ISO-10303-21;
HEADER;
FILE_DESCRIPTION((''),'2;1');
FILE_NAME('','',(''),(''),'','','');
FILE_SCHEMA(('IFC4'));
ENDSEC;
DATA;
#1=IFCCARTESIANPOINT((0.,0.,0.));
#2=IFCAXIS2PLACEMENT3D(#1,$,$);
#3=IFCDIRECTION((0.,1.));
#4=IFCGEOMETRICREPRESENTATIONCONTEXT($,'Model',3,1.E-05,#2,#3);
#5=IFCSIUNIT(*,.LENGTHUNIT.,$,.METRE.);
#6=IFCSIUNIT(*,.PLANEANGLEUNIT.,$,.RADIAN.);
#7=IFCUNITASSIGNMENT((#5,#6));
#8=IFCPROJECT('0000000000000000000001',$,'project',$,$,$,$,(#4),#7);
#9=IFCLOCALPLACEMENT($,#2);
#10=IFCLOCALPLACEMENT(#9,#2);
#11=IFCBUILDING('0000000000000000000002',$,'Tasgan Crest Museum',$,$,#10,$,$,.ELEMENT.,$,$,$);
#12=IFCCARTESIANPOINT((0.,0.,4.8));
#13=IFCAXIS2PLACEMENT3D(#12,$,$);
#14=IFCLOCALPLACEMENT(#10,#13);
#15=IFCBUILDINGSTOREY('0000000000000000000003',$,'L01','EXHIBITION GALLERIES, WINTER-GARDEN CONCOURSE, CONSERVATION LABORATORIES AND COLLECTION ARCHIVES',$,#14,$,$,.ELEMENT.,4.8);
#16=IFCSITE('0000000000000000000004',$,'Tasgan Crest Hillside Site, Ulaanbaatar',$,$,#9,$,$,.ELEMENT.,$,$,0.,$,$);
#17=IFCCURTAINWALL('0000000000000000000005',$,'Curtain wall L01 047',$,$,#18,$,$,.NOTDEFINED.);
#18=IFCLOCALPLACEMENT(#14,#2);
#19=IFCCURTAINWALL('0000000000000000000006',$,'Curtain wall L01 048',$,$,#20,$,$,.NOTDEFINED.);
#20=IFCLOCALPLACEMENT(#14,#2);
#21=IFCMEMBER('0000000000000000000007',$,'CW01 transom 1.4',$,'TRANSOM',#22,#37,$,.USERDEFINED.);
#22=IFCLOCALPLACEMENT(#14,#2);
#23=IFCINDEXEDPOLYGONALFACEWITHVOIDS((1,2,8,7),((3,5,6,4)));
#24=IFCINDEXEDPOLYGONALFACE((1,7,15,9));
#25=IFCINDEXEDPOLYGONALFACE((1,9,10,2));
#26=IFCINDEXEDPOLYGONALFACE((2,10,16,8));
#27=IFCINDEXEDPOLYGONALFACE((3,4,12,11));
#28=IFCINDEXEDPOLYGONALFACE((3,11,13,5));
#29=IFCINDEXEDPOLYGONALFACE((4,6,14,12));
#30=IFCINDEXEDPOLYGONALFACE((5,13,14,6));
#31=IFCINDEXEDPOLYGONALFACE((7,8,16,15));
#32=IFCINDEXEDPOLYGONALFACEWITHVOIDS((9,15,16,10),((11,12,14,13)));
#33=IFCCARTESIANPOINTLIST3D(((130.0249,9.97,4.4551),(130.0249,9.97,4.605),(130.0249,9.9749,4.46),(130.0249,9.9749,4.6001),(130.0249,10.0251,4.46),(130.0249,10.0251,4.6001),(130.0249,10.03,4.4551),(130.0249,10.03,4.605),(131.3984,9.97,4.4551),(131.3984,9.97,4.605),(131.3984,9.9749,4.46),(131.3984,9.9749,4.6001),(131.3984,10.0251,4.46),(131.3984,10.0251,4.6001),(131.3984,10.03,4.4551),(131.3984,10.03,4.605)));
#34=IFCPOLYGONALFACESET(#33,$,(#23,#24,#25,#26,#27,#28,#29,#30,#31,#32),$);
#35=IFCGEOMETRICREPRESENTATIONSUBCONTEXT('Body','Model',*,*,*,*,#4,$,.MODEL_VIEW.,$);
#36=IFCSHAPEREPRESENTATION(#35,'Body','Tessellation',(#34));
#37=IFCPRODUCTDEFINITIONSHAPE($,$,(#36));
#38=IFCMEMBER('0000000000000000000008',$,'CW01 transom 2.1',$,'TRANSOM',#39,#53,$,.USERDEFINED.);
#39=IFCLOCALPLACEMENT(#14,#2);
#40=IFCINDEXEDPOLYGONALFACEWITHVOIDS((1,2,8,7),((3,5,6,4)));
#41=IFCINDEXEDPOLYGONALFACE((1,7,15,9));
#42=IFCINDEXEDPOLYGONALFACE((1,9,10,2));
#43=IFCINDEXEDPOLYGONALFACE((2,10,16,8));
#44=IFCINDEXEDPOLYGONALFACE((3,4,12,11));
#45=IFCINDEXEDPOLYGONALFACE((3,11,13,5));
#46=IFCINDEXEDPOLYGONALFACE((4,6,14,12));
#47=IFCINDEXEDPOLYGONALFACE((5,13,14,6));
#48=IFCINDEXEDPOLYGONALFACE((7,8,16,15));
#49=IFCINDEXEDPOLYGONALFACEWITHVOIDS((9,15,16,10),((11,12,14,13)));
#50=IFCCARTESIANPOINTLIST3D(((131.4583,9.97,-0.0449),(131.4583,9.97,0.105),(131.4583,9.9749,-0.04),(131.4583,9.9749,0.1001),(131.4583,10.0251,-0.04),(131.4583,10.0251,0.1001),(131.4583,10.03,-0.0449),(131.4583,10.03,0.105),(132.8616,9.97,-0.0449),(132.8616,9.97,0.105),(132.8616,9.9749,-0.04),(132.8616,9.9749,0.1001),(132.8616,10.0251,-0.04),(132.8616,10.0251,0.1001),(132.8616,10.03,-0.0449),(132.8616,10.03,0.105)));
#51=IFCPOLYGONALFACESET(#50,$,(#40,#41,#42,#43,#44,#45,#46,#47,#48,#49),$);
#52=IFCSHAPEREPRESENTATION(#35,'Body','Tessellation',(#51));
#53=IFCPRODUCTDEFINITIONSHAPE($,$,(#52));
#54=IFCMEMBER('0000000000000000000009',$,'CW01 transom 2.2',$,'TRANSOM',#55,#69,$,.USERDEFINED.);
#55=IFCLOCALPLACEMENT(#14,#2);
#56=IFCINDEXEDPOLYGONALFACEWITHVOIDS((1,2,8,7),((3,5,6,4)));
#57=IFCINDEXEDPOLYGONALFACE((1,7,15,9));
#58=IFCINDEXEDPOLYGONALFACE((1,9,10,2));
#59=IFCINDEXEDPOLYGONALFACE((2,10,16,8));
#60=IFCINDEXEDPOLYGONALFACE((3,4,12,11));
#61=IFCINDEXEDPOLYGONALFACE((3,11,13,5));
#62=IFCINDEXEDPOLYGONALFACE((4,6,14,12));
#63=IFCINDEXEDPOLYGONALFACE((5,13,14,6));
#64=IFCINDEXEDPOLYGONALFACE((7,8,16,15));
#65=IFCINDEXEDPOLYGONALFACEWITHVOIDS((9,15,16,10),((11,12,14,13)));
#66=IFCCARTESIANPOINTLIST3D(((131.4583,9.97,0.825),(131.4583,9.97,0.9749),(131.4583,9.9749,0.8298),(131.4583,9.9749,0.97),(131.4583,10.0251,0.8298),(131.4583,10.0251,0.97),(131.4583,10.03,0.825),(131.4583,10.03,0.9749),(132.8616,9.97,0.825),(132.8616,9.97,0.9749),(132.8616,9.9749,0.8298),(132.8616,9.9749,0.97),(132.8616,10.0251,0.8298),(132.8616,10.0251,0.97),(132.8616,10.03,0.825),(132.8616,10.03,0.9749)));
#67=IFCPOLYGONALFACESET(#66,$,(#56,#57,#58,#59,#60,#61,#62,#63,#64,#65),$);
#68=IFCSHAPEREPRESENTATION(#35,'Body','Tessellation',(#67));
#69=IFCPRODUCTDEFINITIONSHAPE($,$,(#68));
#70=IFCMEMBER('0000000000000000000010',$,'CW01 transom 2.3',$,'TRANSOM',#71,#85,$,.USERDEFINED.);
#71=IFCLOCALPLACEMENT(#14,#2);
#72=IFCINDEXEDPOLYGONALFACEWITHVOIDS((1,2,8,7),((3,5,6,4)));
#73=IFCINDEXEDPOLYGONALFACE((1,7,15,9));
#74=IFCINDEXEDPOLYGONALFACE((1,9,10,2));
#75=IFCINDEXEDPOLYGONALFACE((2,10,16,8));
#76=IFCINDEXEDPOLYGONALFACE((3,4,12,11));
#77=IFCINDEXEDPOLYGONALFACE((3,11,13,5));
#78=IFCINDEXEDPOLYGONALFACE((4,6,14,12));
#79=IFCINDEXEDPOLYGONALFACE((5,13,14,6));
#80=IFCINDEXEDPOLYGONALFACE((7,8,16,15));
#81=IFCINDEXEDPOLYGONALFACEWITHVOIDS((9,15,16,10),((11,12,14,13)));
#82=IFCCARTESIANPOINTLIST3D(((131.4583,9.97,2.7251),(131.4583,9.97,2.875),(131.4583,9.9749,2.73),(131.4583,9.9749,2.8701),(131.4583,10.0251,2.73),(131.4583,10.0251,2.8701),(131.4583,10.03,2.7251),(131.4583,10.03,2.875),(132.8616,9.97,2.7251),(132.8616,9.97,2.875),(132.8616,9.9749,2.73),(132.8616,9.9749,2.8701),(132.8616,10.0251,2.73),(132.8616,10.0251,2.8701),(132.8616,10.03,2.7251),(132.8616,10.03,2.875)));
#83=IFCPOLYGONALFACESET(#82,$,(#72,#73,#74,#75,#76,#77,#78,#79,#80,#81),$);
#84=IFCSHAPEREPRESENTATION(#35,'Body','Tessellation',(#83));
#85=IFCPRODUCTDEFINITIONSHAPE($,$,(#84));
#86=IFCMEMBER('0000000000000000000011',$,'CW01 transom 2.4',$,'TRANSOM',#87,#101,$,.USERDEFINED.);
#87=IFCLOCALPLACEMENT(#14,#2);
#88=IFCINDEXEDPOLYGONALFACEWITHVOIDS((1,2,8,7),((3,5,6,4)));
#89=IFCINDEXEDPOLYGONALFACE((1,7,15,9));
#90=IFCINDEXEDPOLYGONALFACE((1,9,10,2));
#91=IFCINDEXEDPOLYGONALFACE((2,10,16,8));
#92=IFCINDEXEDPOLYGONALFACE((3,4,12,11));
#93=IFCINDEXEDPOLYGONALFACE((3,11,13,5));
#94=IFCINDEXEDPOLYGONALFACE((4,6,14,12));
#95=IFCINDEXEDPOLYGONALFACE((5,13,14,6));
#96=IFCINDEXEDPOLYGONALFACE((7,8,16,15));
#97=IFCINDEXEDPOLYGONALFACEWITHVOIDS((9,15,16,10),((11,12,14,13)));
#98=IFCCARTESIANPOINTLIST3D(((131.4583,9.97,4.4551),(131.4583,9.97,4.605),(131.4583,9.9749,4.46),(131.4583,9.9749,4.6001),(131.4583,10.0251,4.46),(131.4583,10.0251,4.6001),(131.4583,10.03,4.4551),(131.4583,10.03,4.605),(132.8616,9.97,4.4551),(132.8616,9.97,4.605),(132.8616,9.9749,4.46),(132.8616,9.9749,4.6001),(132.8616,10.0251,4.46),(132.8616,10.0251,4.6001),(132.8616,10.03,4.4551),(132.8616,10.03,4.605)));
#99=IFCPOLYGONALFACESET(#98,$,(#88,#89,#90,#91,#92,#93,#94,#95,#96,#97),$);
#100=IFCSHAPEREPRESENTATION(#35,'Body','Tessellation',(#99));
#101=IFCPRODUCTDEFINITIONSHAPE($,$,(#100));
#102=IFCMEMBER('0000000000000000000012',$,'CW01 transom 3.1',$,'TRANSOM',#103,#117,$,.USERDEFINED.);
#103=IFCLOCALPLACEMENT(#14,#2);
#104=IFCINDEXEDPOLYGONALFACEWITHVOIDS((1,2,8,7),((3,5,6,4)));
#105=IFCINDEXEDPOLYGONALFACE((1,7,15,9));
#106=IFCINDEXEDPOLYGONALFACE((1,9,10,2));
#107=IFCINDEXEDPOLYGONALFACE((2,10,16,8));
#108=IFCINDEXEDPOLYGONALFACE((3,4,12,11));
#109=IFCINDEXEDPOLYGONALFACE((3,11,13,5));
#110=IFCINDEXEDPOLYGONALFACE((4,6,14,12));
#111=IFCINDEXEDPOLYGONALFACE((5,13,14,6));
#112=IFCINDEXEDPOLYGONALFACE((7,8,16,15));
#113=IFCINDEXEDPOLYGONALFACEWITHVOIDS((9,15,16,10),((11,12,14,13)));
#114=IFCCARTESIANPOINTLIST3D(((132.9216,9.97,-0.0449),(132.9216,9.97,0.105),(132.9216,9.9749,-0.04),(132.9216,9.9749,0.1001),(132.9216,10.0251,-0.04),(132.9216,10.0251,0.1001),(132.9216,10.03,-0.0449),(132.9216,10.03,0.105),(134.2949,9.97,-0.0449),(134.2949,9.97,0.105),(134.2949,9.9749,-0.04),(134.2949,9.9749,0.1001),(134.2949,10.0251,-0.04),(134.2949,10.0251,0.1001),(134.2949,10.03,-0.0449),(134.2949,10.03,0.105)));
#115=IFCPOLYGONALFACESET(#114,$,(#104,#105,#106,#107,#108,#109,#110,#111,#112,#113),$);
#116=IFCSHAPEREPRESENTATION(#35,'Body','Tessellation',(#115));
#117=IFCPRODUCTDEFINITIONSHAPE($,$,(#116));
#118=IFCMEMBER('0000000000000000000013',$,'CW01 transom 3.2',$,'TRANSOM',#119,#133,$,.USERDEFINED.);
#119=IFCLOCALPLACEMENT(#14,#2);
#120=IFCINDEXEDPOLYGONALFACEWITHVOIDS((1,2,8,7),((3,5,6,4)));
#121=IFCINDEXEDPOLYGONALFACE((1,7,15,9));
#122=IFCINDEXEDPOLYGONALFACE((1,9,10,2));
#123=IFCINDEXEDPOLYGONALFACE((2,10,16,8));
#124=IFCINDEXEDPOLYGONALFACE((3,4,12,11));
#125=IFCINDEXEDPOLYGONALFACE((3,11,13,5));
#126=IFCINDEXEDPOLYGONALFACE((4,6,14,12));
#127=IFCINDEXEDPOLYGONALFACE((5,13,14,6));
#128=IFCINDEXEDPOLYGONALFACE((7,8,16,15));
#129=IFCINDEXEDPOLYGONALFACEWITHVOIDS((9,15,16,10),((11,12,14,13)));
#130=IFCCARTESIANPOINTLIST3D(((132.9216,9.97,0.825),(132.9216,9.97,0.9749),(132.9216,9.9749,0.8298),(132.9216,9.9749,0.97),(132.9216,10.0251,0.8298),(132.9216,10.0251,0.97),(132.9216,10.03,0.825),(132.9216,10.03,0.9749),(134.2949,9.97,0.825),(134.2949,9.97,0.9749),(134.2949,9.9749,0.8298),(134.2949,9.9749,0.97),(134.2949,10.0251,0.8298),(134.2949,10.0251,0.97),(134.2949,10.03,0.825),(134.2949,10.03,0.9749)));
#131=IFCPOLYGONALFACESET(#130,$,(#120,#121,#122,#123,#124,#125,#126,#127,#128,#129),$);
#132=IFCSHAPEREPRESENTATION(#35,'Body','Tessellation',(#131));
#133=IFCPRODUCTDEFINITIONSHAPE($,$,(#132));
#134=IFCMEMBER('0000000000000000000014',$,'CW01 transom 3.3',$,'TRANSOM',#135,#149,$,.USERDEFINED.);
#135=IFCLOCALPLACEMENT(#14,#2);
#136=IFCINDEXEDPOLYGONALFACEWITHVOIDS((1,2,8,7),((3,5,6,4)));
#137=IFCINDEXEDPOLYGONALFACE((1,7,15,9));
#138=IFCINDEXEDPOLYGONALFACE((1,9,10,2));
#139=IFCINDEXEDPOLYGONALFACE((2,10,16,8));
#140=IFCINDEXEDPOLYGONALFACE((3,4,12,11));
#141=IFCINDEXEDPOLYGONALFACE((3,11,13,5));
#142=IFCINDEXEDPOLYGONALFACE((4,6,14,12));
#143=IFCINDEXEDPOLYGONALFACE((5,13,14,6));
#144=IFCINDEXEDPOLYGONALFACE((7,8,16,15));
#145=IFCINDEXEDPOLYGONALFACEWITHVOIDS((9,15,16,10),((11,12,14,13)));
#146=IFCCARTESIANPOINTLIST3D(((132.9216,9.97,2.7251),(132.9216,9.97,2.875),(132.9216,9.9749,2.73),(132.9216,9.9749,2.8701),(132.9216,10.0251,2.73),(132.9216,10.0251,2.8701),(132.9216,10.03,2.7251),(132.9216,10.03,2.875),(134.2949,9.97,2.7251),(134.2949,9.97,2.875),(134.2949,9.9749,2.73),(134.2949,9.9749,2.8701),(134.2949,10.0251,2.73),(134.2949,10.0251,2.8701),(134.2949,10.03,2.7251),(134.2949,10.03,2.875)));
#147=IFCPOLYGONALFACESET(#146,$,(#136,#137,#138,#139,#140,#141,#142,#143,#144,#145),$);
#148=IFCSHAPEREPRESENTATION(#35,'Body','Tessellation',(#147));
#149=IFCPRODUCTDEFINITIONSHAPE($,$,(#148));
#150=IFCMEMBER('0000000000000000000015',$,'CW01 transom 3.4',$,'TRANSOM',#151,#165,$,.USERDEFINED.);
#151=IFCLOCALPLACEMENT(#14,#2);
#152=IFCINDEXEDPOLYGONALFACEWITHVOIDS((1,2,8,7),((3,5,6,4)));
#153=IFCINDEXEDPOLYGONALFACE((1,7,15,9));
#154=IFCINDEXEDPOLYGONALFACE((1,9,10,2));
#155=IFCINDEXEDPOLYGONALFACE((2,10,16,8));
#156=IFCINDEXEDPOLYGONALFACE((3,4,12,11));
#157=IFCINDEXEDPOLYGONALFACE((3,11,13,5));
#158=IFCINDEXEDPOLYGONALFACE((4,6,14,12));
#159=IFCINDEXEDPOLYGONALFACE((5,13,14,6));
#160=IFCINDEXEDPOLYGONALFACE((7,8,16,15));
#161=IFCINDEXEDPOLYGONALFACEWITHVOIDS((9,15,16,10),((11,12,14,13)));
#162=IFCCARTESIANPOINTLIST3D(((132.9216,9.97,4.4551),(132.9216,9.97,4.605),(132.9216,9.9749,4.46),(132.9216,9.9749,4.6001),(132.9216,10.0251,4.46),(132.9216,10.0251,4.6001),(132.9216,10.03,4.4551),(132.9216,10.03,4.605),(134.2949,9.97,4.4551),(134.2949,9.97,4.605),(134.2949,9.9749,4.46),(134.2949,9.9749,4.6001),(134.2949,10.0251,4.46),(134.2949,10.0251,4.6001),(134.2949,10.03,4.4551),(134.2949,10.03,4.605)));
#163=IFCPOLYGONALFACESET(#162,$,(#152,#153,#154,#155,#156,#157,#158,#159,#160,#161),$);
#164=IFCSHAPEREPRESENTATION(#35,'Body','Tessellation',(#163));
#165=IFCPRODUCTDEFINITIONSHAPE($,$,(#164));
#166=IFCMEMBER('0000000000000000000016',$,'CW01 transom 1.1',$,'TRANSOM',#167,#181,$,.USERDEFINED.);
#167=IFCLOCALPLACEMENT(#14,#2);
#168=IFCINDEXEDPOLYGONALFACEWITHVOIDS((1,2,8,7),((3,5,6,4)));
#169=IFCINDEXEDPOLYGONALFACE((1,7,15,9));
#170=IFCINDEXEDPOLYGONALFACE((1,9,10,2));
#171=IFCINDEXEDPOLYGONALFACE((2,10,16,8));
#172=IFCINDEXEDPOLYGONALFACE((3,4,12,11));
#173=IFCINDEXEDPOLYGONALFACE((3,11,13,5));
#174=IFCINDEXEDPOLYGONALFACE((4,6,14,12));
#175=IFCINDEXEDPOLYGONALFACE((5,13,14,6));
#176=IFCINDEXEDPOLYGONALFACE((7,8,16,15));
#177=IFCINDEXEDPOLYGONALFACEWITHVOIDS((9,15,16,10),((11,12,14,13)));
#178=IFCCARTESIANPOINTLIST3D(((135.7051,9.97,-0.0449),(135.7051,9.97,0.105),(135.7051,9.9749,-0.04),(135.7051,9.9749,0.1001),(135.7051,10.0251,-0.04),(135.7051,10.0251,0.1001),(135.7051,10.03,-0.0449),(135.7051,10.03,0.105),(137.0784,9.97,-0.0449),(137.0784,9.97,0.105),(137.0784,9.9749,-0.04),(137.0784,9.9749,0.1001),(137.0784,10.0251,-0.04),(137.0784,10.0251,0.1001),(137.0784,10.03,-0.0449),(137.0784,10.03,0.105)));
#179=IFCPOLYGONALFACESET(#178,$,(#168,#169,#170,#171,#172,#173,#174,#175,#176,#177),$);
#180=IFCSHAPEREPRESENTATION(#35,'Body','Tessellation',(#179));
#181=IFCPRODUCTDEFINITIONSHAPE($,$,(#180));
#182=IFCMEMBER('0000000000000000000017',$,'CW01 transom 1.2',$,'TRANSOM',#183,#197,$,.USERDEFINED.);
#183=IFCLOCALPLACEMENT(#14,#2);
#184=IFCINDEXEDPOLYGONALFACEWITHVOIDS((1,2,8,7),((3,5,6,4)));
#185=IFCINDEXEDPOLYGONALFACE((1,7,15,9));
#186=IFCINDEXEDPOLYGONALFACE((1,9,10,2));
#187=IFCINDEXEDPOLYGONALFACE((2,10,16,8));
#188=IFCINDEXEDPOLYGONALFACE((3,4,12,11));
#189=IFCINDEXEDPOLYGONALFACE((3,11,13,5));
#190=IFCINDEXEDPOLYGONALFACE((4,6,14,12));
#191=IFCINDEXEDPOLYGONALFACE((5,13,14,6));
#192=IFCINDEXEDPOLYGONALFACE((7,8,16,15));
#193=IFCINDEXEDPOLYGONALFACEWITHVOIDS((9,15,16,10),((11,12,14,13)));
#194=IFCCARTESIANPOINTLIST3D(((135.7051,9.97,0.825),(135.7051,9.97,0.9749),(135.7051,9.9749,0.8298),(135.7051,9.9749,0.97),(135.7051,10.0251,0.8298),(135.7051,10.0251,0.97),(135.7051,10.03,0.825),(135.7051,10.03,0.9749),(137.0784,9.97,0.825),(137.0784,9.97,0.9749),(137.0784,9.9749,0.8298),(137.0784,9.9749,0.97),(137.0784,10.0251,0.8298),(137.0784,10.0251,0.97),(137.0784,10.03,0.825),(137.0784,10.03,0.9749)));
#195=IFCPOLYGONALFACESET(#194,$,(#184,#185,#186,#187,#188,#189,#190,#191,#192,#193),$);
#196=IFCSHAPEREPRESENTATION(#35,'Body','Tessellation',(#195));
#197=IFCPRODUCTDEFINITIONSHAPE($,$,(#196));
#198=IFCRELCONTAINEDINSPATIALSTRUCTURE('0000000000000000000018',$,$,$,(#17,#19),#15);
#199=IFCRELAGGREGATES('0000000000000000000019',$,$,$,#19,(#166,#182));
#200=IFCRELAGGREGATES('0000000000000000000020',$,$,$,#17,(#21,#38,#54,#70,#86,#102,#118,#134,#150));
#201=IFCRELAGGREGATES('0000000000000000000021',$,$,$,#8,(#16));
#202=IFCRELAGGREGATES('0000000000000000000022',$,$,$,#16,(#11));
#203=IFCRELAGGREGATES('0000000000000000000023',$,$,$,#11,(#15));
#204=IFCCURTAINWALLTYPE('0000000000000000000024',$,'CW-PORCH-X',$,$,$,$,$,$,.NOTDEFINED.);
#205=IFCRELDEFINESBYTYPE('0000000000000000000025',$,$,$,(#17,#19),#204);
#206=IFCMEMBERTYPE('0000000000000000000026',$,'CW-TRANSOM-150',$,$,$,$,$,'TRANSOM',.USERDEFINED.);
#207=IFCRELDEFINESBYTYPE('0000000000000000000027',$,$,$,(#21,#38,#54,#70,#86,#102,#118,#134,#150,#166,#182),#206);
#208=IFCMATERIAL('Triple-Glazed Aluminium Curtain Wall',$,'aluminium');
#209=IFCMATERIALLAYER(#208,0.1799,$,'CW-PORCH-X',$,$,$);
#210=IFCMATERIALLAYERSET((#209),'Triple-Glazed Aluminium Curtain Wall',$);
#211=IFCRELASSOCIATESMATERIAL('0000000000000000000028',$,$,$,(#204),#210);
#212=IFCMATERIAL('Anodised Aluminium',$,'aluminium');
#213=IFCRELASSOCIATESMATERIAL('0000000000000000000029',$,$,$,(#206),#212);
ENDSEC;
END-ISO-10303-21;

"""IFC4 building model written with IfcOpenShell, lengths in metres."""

from ifc_helpers import new_model, si_unit, direction, frame, origin, origin_2d, place, context, subcontext, project, spatial, hollow_rectangle, extrude, material, layer, layer_set, material_profile, profile_set, type_object, element, aggregate, save


model = new_model("IFC4")

# Units and contexts
model_context = context("Model", 3, precision=1e-05, world=origin(), true_north=direction((0.0, 1.0)))
body_context = subcontext(model_context, "Body", "Model", "MODEL_VIEW")
ifc_project = project(units=[si_unit("LENGTHUNIT", "METRE"), si_unit("PLANEANGLEUNIT", "RADIAN")], contexts=[model_context])

# Site, building, storey
site_placement = place(None, origin())
site = spatial("IfcSite", under=ifc_project, at=site_placement, Name="Tasgan Crest Hillside Site, Ulaanbaatar", CompositionType="ELEMENT", RefElevation=0.0)
building_placement = place(site_placement, origin())
building = spatial("IfcBuilding", under=site, at=building_placement, Name="Tasgan Crest Museum", CompositionType="ELEMENT")
storey_placement = place(building_placement, frame((0.0, 0.0, 4.8)))
storey = spatial("IfcBuildingStorey", under=building, at=storey_placement, Name="L01", Description="EXHIBITION GALLERIES, WINTER-GARDEN CONCOURSE, CONSERVATION LABORATORIES AND COLLECTION ARCHIVES", CompositionType="ELEMENT", Elevation=4.8)

# Curtain wall
ifc_material_1 = material(Name="Triple-Glazed Aluminium Curtain Wall", Category="aluminium")
ifc_layer_1 = layer(ifc_material_1, 0.1799, Name="CW-PORCH-X")
ifc_layer_set_1 = layer_set([ifc_layer_1], Name="Triple-Glazed Aluminium Curtain Wall")
curtain_wall_type = type_object("IfcCurtainWallType", Name="CW-PORCH-X", PredefinedType="NOTDEFINED", material=ifc_layer_set_1)
curtain_wall_1_placement = place(storey_placement, origin())
curtain_wall_1 = element("IfcCurtainWall", 1, at=curtain_wall_1_placement, inside=storey, type_object=curtain_wall_type, Name="Curtain wall L01 047", PredefinedType="NOTDEFINED")

# Curtain wall
curtain_wall_2_placement = place(storey_placement, origin())
curtain_wall_2 = element("IfcCurtainWall", 2, at=curtain_wall_2_placement, inside=storey, type_object=curtain_wall_type, Name="Curtain wall L01 048", PredefinedType="NOTDEFINED")

# Members
ifc_material_2 = material(Name="Anodised Aluminium", Category="aluminium")
ifc_material_profile_1 = material_profile(ifc_material_2, hollow_rectangle(XDim=0.0601, YDim=0.1499, WallThickness=0.0049, at=origin_2d()), Name="ALU TRANSOM 150x60x5")
ifc_profile_set_1 = profile_set([ifc_material_profile_1], Name="Anodised Aluminium")
member_type_1 = type_object("IfcMemberType", Name="CW-TRANSOM-150", ElementType="TRANSOM", PredefinedType="USERDEFINED", material=ifc_profile_set_1)
member_1_placement = place(storey_placement, frame((130.0249, 10.0, 4.53), z_axis=(1.0, 0.0, 0.0), x_axis=(0.0, 1.0, 0.0)))
member_1 = element("IfcMember", 3, at=member_1_placement, type_object=member_type_1, Name="CW01 transom 1.4", ObjectType="TRANSOM", PredefinedType="USERDEFINED", context=body_context, shape_type="SweptSolid", body=[
    extrude(hollow_rectangle(XDim=0.0601, YDim=0.1499, WallThickness=0.0049, at=origin_2d()), origin(), (0.0, 0.0, 1.0), 1.3735),
])
member_2_placement = place(storey_placement, frame((131.4583, 10.0, 0.03), z_axis=(1.0, 0.0, 0.0), x_axis=(0.0, 1.0, 0.0)))
member_2 = element("IfcMember", 4, at=member_2_placement, type_object=member_type_1, Name="CW01 transom 2.1", ObjectType="TRANSOM", PredefinedType="USERDEFINED", context=body_context, shape_type="SweptSolid", body=[
    extrude(hollow_rectangle(XDim=0.0601, YDim=0.1499, WallThickness=0.0049, at=origin_2d()), origin(), (0.0, 0.0, 1.0), 1.4033),
])
member_3_placement = place(storey_placement, frame((131.4583, 10.0, 0.8999), z_axis=(1.0, 0.0, 0.0), x_axis=(0.0, 1.0, 0.0)))
member_3 = element("IfcMember", 5, at=member_3_placement, type_object=member_type_1, Name="CW01 transom 2.2", ObjectType="TRANSOM", PredefinedType="USERDEFINED", context=body_context, shape_type="SweptSolid", body=[
    extrude(hollow_rectangle(XDim=0.0601, YDim=0.1499, WallThickness=0.0049, at=origin_2d()), origin(), (0.0, 0.0, 1.0), 1.4033),
])
member_4_placement = place(storey_placement, frame((131.4583, 10.0, 2.8), z_axis=(1.0, 0.0, 0.0), x_axis=(0.0, 1.0, 0.0)))
member_4 = element("IfcMember", 6, at=member_4_placement, type_object=member_type_1, Name="CW01 transom 2.3", ObjectType="TRANSOM", PredefinedType="USERDEFINED", context=body_context, shape_type="SweptSolid", body=[
    extrude(hollow_rectangle(XDim=0.0601, YDim=0.1499, WallThickness=0.0049, at=origin_2d()), origin(), (0.0, 0.0, 1.0), 1.4033),
])
member_5_placement = place(storey_placement, frame((131.4583, 10.0, 4.53), z_axis=(1.0, 0.0, 0.0), x_axis=(0.0, 1.0, 0.0)))
member_5 = element("IfcMember", 7, at=member_5_placement, type_object=member_type_1, Name="CW01 transom 2.4", ObjectType="TRANSOM", PredefinedType="USERDEFINED", context=body_context, shape_type="SweptSolid", body=[
    extrude(hollow_rectangle(XDim=0.0601, YDim=0.1499, WallThickness=0.0049, at=origin_2d()), origin(), (0.0, 0.0, 1.0), 1.4033),
])
member_6_placement = place(storey_placement, frame((132.9216, 10.0, 0.03), z_axis=(1.0, 0.0, 0.0), x_axis=(0.0, 1.0, 0.0)))
member_6 = element("IfcMember", 8, at=member_6_placement, type_object=member_type_1, Name="CW01 transom 3.1", ObjectType="TRANSOM", PredefinedType="USERDEFINED", context=body_context, shape_type="SweptSolid", body=[
    extrude(hollow_rectangle(XDim=0.0601, YDim=0.1499, WallThickness=0.0049, at=origin_2d()), origin(), (0.0, 0.0, 1.0), 1.3733),
])
member_7_placement = place(storey_placement, frame((132.9216, 10.0, 0.8999), z_axis=(1.0, 0.0, 0.0), x_axis=(0.0, 1.0, 0.0)))
member_7 = element("IfcMember", 9, at=member_7_placement, type_object=member_type_1, Name="CW01 transom 3.2", ObjectType="TRANSOM", PredefinedType="USERDEFINED", context=body_context, shape_type="SweptSolid", body=[
    extrude(hollow_rectangle(XDim=0.0601, YDim=0.1499, WallThickness=0.0049, at=origin_2d()), origin(), (0.0, 0.0, 1.0), 1.3733),
])
member_8_placement = place(storey_placement, frame((132.9216, 10.0, 2.8), z_axis=(1.0, 0.0, 0.0), x_axis=(0.0, 1.0, 0.0)))
member_8 = element("IfcMember", 10, at=member_8_placement, type_object=member_type_1, Name="CW01 transom 3.3", ObjectType="TRANSOM", PredefinedType="USERDEFINED", context=body_context, shape_type="SweptSolid", body=[
    extrude(hollow_rectangle(XDim=0.0601, YDim=0.1499, WallThickness=0.0049, at=origin_2d()), origin(), (0.0, 0.0, 1.0), 1.3733),
])
member_9_placement = place(storey_placement, frame((132.9216, 10.0, 4.53), z_axis=(1.0, 0.0, 0.0), x_axis=(0.0, 1.0, 0.0)))
member_9 = element("IfcMember", 11, at=member_9_placement, type_object=member_type_1, Name="CW01 transom 3.4", ObjectType="TRANSOM", PredefinedType="USERDEFINED", context=body_context, shape_type="SweptSolid", body=[
    extrude(hollow_rectangle(XDim=0.0601, YDim=0.1499, WallThickness=0.0049, at=origin_2d()), origin(), (0.0, 0.0, 1.0), 1.3733),
])
member_10_placement = place(storey_placement, frame((135.7051, 10.0, 0.03), z_axis=(1.0, 0.0, 0.0), x_axis=(0.0, 1.0, 0.0)))
member_10 = element("IfcMember", 12, at=member_10_placement, type_object=member_type_1, Name="CW01 transom 1.1", ObjectType="TRANSOM", PredefinedType="USERDEFINED", context=body_context, shape_type="SweptSolid", body=[
    extrude(hollow_rectangle(XDim=0.0601, YDim=0.1499, WallThickness=0.0049, at=origin_2d()), origin(), (0.0, 0.0, 1.0), 1.3733),
])
member_11_placement = place(storey_placement, frame((135.7051, 10.0, 0.8999), z_axis=(1.0, 0.0, 0.0), x_axis=(0.0, 1.0, 0.0)))
member_11 = element("IfcMember", 13, at=member_11_placement, type_object=member_type_1, Name="CW01 transom 1.2", ObjectType="TRANSOM", PredefinedType="USERDEFINED", context=body_context, shape_type="SweptSolid", body=[
    extrude(hollow_rectangle(XDim=0.0601, YDim=0.1499, WallThickness=0.0049, at=origin_2d()), origin(), (0.0, 0.0, 1.0), 1.3733),
])
aggregate(curtain_wall_2, [member_10, member_11])

aggregate(curtain_wall_1, [member_1, member_2, member_3, member_4, member_5, member_6, member_7, member_8, member_9])

save(model, "model.ifc")
